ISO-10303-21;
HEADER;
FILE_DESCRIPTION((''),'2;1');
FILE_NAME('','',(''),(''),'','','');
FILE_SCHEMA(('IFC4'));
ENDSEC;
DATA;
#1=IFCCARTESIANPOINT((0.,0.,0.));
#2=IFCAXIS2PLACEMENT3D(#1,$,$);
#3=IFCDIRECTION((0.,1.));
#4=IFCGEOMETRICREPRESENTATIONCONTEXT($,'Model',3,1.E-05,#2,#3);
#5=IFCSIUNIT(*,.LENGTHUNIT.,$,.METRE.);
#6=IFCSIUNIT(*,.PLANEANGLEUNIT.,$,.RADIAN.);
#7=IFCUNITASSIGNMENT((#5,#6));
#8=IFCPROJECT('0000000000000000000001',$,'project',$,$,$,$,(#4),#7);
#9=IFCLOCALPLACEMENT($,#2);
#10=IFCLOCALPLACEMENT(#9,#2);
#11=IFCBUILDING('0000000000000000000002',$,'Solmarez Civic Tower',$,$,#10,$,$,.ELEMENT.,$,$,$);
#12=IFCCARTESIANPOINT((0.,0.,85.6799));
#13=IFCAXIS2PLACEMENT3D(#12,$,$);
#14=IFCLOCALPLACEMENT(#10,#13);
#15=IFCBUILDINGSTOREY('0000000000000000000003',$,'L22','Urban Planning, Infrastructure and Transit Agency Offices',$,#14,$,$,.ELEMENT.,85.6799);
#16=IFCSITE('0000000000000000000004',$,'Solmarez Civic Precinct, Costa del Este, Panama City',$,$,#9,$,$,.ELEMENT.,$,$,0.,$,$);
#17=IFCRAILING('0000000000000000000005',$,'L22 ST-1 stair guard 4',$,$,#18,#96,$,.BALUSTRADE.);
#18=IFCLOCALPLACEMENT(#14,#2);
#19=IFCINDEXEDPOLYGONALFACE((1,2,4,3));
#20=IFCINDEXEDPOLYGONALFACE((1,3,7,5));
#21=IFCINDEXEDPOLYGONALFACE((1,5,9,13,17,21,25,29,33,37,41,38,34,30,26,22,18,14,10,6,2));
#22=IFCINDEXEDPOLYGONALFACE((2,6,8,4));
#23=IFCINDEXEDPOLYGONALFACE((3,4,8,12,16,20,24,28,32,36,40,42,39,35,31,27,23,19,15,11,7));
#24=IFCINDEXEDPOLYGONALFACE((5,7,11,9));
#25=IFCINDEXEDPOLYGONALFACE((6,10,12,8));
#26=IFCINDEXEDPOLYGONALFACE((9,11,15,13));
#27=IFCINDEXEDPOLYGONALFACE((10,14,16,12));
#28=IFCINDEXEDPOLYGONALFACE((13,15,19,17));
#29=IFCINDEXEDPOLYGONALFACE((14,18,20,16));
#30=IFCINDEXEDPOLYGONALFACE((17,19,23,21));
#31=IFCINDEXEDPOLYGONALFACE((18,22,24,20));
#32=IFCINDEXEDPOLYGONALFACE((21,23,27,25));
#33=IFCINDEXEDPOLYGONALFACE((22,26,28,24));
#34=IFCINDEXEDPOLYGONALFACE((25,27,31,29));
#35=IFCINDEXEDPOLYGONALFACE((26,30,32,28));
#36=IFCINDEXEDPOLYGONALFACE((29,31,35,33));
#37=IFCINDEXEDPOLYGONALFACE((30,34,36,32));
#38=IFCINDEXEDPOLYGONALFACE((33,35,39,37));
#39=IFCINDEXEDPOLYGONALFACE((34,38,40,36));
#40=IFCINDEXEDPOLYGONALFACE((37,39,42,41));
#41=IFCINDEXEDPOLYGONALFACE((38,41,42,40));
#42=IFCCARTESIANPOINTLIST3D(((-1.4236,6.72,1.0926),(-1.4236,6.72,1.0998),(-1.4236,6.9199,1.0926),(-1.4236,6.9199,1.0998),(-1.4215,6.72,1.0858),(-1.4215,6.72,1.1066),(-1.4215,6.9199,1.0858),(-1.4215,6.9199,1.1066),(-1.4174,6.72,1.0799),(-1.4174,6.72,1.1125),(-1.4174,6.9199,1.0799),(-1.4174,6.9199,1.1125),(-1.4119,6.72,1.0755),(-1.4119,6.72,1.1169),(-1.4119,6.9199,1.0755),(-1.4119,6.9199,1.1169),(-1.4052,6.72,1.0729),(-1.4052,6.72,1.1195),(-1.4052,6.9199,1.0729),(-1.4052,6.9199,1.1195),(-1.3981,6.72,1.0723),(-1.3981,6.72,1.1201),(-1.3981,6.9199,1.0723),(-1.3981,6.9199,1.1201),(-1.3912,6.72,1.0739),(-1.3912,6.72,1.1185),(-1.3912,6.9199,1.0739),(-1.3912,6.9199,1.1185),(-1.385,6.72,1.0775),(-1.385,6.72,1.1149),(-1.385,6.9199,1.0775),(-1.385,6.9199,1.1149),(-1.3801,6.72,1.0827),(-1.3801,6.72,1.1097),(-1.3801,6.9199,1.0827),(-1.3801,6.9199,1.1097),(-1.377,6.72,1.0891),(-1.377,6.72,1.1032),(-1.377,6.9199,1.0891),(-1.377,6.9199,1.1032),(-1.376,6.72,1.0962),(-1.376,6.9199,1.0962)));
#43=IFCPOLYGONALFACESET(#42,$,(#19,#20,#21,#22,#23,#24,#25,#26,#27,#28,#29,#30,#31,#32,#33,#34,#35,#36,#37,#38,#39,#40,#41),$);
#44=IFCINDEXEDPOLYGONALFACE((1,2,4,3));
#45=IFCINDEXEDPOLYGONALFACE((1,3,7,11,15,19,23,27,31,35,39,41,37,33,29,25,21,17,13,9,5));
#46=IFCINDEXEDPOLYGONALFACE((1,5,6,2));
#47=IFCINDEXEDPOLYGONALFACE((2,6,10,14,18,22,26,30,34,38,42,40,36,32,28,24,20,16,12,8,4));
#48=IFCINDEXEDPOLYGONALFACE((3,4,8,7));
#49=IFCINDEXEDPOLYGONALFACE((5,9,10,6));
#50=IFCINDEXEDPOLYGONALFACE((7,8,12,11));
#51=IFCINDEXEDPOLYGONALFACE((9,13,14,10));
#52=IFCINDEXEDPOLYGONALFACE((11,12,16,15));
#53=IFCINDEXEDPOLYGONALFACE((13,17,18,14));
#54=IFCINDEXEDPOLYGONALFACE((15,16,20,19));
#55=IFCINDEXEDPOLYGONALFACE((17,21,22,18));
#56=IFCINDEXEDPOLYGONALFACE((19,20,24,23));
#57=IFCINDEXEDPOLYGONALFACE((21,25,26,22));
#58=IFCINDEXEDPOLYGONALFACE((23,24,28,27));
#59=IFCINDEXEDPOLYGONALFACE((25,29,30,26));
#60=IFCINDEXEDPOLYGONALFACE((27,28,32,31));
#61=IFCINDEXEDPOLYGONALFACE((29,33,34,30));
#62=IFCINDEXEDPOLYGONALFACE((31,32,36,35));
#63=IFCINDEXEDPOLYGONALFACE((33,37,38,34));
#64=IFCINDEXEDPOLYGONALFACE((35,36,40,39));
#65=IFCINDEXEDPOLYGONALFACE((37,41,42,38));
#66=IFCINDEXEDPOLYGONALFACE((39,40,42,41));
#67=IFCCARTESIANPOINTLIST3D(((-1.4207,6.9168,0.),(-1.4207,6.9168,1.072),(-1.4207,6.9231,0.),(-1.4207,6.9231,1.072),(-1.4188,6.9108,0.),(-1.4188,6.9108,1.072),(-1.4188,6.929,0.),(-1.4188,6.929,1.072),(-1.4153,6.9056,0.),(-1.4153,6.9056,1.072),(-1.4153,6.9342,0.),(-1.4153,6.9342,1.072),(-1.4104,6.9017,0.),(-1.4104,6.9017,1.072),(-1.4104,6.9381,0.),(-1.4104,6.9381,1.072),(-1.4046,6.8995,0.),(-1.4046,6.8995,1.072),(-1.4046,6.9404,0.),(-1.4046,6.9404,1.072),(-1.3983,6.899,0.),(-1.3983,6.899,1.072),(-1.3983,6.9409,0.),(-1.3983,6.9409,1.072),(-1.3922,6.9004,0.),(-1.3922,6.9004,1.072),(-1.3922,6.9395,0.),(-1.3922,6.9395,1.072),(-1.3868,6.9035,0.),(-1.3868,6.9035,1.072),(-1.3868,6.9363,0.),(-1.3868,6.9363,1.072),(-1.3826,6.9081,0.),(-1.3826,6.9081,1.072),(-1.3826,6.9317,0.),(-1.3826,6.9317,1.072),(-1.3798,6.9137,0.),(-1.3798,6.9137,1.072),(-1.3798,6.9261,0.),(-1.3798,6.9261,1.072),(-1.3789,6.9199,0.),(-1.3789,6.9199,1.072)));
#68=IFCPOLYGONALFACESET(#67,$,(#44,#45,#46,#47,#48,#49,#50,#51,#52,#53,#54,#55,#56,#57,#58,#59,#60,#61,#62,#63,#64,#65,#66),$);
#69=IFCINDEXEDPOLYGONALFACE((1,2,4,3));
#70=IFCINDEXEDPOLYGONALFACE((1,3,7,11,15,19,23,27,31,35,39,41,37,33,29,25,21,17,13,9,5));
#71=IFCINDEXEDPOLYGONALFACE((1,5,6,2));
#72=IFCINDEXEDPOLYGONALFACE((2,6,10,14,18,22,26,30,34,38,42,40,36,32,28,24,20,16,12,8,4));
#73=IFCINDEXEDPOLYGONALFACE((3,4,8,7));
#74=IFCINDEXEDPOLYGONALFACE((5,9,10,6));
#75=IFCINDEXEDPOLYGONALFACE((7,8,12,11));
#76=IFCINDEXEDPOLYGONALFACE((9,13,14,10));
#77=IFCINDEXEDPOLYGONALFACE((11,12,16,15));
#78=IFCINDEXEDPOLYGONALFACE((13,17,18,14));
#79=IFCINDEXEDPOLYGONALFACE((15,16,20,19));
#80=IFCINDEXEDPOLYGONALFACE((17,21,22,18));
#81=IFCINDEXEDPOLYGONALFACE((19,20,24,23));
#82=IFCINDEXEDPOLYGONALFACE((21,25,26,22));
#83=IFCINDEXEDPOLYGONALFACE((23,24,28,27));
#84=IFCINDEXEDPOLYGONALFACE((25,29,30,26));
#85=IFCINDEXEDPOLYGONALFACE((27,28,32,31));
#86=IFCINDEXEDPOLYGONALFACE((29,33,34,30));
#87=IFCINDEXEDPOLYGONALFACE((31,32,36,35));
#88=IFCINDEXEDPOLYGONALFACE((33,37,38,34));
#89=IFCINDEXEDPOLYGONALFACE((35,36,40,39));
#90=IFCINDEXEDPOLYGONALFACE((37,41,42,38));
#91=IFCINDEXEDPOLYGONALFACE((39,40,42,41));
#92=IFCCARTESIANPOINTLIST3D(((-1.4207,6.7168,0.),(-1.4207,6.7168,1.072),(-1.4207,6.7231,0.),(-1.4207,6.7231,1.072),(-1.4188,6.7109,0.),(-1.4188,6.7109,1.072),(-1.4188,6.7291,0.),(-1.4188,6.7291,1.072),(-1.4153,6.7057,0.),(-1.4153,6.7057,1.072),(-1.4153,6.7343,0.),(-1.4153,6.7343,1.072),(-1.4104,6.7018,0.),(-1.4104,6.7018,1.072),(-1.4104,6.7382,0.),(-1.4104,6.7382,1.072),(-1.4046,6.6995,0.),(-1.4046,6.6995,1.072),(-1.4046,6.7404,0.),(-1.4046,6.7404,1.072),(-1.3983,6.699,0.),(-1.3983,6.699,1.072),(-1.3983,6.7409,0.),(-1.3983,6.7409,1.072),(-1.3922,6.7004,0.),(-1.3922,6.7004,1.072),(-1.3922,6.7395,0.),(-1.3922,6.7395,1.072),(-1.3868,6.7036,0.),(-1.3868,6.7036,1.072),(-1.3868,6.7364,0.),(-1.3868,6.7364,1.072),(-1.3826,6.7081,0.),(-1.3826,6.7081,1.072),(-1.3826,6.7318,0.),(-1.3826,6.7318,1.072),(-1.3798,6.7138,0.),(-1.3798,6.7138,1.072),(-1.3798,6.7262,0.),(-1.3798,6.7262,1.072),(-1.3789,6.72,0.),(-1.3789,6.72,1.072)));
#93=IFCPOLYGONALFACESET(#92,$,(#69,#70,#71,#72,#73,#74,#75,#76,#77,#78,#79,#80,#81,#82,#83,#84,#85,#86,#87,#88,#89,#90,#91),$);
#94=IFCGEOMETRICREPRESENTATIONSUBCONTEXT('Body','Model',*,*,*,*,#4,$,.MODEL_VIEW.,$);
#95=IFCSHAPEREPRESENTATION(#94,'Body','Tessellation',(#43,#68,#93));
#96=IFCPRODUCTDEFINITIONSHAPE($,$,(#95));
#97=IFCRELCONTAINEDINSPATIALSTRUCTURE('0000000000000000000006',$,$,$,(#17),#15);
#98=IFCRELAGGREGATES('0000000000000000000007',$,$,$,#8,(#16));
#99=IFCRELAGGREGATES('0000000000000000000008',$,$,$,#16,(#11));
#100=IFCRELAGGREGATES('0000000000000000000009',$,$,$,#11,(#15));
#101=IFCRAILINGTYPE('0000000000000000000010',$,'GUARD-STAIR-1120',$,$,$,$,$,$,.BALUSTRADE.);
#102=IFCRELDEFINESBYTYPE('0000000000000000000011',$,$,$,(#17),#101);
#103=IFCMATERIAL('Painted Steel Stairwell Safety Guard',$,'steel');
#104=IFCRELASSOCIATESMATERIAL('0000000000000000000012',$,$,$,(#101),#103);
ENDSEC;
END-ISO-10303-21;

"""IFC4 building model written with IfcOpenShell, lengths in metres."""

from ifc_helpers import new_model, si_unit, direction, frame, origin, origin_2d, place, context, subcontext, project, spatial, circle, extrude, material, type_object, element, save


model = new_model("IFC4")

# Units and contexts
model_context = context("Model", 3, precision=1e-05, world=origin(), true_north=direction((0.0, 1.0)))
body_context = subcontext(model_context, "Body", "Model", "MODEL_VIEW")
ifc_project = project(units=[si_unit("LENGTHUNIT", "METRE"), si_unit("PLANEANGLEUNIT", "RADIAN")], contexts=[model_context])

# Site, building, storey
site_placement = place(None, origin())
site = spatial("IfcSite", under=ifc_project, at=site_placement, Name="Solmarez Civic Precinct, Costa del Este, Panama City", CompositionType="ELEMENT", RefElevation=0.0)
building_placement = place(site_placement, origin())
building = spatial("IfcBuilding", under=site, at=building_placement, Name="Solmarez Civic Tower", CompositionType="ELEMENT")
storey_placement = place(building_placement, frame((0.0, 0.0, 85.6799)))
storey = spatial("IfcBuildingStorey", under=building, at=storey_placement, Name="L22", Description="Urban Planning, Infrastructure and Transit Agency Offices", CompositionType="ELEMENT", Elevation=85.6799)

# Railing
ifc_material_1 = material(Name="Painted Steel Stairwell Safety Guard", Category="steel")
railing_type_1 = type_object("IfcRailingType", Name="GUARD-STAIR-1120", PredefinedType="BALUSTRADE", material=ifc_material_1)
railing_1_placement = place(storey_placement, frame((-1.3999, 6.9199, 0.0)))
element("IfcRailing", 1, at=railing_1_placement, inside=storey, type_object=railing_type_1, Name="L22 ST-1 stair guard 4", PredefinedType="BALUSTRADE", context=body_context, shape_type="SweptSolid", body=[
    extrude(circle(Radius=0.0239, at=origin_2d()), frame((0.0, 0.0, 1.0962), z_axis=(0.0, -1.0, 0.0), x_axis=(1.0, 0.0, 0.0)), (0.0, 0.0, 1.0), 0.2),
    extrude(circle(Radius=0.021, at=origin_2d()), origin(), (0.0, 0.0, 1.0), 1.072),
    extrude(circle(Radius=0.021, at=origin_2d()), frame((0.0, -0.2, 0.0)), (0.0, 0.0, 1.0), 1.072),
])

save(model, "model.ifc")
